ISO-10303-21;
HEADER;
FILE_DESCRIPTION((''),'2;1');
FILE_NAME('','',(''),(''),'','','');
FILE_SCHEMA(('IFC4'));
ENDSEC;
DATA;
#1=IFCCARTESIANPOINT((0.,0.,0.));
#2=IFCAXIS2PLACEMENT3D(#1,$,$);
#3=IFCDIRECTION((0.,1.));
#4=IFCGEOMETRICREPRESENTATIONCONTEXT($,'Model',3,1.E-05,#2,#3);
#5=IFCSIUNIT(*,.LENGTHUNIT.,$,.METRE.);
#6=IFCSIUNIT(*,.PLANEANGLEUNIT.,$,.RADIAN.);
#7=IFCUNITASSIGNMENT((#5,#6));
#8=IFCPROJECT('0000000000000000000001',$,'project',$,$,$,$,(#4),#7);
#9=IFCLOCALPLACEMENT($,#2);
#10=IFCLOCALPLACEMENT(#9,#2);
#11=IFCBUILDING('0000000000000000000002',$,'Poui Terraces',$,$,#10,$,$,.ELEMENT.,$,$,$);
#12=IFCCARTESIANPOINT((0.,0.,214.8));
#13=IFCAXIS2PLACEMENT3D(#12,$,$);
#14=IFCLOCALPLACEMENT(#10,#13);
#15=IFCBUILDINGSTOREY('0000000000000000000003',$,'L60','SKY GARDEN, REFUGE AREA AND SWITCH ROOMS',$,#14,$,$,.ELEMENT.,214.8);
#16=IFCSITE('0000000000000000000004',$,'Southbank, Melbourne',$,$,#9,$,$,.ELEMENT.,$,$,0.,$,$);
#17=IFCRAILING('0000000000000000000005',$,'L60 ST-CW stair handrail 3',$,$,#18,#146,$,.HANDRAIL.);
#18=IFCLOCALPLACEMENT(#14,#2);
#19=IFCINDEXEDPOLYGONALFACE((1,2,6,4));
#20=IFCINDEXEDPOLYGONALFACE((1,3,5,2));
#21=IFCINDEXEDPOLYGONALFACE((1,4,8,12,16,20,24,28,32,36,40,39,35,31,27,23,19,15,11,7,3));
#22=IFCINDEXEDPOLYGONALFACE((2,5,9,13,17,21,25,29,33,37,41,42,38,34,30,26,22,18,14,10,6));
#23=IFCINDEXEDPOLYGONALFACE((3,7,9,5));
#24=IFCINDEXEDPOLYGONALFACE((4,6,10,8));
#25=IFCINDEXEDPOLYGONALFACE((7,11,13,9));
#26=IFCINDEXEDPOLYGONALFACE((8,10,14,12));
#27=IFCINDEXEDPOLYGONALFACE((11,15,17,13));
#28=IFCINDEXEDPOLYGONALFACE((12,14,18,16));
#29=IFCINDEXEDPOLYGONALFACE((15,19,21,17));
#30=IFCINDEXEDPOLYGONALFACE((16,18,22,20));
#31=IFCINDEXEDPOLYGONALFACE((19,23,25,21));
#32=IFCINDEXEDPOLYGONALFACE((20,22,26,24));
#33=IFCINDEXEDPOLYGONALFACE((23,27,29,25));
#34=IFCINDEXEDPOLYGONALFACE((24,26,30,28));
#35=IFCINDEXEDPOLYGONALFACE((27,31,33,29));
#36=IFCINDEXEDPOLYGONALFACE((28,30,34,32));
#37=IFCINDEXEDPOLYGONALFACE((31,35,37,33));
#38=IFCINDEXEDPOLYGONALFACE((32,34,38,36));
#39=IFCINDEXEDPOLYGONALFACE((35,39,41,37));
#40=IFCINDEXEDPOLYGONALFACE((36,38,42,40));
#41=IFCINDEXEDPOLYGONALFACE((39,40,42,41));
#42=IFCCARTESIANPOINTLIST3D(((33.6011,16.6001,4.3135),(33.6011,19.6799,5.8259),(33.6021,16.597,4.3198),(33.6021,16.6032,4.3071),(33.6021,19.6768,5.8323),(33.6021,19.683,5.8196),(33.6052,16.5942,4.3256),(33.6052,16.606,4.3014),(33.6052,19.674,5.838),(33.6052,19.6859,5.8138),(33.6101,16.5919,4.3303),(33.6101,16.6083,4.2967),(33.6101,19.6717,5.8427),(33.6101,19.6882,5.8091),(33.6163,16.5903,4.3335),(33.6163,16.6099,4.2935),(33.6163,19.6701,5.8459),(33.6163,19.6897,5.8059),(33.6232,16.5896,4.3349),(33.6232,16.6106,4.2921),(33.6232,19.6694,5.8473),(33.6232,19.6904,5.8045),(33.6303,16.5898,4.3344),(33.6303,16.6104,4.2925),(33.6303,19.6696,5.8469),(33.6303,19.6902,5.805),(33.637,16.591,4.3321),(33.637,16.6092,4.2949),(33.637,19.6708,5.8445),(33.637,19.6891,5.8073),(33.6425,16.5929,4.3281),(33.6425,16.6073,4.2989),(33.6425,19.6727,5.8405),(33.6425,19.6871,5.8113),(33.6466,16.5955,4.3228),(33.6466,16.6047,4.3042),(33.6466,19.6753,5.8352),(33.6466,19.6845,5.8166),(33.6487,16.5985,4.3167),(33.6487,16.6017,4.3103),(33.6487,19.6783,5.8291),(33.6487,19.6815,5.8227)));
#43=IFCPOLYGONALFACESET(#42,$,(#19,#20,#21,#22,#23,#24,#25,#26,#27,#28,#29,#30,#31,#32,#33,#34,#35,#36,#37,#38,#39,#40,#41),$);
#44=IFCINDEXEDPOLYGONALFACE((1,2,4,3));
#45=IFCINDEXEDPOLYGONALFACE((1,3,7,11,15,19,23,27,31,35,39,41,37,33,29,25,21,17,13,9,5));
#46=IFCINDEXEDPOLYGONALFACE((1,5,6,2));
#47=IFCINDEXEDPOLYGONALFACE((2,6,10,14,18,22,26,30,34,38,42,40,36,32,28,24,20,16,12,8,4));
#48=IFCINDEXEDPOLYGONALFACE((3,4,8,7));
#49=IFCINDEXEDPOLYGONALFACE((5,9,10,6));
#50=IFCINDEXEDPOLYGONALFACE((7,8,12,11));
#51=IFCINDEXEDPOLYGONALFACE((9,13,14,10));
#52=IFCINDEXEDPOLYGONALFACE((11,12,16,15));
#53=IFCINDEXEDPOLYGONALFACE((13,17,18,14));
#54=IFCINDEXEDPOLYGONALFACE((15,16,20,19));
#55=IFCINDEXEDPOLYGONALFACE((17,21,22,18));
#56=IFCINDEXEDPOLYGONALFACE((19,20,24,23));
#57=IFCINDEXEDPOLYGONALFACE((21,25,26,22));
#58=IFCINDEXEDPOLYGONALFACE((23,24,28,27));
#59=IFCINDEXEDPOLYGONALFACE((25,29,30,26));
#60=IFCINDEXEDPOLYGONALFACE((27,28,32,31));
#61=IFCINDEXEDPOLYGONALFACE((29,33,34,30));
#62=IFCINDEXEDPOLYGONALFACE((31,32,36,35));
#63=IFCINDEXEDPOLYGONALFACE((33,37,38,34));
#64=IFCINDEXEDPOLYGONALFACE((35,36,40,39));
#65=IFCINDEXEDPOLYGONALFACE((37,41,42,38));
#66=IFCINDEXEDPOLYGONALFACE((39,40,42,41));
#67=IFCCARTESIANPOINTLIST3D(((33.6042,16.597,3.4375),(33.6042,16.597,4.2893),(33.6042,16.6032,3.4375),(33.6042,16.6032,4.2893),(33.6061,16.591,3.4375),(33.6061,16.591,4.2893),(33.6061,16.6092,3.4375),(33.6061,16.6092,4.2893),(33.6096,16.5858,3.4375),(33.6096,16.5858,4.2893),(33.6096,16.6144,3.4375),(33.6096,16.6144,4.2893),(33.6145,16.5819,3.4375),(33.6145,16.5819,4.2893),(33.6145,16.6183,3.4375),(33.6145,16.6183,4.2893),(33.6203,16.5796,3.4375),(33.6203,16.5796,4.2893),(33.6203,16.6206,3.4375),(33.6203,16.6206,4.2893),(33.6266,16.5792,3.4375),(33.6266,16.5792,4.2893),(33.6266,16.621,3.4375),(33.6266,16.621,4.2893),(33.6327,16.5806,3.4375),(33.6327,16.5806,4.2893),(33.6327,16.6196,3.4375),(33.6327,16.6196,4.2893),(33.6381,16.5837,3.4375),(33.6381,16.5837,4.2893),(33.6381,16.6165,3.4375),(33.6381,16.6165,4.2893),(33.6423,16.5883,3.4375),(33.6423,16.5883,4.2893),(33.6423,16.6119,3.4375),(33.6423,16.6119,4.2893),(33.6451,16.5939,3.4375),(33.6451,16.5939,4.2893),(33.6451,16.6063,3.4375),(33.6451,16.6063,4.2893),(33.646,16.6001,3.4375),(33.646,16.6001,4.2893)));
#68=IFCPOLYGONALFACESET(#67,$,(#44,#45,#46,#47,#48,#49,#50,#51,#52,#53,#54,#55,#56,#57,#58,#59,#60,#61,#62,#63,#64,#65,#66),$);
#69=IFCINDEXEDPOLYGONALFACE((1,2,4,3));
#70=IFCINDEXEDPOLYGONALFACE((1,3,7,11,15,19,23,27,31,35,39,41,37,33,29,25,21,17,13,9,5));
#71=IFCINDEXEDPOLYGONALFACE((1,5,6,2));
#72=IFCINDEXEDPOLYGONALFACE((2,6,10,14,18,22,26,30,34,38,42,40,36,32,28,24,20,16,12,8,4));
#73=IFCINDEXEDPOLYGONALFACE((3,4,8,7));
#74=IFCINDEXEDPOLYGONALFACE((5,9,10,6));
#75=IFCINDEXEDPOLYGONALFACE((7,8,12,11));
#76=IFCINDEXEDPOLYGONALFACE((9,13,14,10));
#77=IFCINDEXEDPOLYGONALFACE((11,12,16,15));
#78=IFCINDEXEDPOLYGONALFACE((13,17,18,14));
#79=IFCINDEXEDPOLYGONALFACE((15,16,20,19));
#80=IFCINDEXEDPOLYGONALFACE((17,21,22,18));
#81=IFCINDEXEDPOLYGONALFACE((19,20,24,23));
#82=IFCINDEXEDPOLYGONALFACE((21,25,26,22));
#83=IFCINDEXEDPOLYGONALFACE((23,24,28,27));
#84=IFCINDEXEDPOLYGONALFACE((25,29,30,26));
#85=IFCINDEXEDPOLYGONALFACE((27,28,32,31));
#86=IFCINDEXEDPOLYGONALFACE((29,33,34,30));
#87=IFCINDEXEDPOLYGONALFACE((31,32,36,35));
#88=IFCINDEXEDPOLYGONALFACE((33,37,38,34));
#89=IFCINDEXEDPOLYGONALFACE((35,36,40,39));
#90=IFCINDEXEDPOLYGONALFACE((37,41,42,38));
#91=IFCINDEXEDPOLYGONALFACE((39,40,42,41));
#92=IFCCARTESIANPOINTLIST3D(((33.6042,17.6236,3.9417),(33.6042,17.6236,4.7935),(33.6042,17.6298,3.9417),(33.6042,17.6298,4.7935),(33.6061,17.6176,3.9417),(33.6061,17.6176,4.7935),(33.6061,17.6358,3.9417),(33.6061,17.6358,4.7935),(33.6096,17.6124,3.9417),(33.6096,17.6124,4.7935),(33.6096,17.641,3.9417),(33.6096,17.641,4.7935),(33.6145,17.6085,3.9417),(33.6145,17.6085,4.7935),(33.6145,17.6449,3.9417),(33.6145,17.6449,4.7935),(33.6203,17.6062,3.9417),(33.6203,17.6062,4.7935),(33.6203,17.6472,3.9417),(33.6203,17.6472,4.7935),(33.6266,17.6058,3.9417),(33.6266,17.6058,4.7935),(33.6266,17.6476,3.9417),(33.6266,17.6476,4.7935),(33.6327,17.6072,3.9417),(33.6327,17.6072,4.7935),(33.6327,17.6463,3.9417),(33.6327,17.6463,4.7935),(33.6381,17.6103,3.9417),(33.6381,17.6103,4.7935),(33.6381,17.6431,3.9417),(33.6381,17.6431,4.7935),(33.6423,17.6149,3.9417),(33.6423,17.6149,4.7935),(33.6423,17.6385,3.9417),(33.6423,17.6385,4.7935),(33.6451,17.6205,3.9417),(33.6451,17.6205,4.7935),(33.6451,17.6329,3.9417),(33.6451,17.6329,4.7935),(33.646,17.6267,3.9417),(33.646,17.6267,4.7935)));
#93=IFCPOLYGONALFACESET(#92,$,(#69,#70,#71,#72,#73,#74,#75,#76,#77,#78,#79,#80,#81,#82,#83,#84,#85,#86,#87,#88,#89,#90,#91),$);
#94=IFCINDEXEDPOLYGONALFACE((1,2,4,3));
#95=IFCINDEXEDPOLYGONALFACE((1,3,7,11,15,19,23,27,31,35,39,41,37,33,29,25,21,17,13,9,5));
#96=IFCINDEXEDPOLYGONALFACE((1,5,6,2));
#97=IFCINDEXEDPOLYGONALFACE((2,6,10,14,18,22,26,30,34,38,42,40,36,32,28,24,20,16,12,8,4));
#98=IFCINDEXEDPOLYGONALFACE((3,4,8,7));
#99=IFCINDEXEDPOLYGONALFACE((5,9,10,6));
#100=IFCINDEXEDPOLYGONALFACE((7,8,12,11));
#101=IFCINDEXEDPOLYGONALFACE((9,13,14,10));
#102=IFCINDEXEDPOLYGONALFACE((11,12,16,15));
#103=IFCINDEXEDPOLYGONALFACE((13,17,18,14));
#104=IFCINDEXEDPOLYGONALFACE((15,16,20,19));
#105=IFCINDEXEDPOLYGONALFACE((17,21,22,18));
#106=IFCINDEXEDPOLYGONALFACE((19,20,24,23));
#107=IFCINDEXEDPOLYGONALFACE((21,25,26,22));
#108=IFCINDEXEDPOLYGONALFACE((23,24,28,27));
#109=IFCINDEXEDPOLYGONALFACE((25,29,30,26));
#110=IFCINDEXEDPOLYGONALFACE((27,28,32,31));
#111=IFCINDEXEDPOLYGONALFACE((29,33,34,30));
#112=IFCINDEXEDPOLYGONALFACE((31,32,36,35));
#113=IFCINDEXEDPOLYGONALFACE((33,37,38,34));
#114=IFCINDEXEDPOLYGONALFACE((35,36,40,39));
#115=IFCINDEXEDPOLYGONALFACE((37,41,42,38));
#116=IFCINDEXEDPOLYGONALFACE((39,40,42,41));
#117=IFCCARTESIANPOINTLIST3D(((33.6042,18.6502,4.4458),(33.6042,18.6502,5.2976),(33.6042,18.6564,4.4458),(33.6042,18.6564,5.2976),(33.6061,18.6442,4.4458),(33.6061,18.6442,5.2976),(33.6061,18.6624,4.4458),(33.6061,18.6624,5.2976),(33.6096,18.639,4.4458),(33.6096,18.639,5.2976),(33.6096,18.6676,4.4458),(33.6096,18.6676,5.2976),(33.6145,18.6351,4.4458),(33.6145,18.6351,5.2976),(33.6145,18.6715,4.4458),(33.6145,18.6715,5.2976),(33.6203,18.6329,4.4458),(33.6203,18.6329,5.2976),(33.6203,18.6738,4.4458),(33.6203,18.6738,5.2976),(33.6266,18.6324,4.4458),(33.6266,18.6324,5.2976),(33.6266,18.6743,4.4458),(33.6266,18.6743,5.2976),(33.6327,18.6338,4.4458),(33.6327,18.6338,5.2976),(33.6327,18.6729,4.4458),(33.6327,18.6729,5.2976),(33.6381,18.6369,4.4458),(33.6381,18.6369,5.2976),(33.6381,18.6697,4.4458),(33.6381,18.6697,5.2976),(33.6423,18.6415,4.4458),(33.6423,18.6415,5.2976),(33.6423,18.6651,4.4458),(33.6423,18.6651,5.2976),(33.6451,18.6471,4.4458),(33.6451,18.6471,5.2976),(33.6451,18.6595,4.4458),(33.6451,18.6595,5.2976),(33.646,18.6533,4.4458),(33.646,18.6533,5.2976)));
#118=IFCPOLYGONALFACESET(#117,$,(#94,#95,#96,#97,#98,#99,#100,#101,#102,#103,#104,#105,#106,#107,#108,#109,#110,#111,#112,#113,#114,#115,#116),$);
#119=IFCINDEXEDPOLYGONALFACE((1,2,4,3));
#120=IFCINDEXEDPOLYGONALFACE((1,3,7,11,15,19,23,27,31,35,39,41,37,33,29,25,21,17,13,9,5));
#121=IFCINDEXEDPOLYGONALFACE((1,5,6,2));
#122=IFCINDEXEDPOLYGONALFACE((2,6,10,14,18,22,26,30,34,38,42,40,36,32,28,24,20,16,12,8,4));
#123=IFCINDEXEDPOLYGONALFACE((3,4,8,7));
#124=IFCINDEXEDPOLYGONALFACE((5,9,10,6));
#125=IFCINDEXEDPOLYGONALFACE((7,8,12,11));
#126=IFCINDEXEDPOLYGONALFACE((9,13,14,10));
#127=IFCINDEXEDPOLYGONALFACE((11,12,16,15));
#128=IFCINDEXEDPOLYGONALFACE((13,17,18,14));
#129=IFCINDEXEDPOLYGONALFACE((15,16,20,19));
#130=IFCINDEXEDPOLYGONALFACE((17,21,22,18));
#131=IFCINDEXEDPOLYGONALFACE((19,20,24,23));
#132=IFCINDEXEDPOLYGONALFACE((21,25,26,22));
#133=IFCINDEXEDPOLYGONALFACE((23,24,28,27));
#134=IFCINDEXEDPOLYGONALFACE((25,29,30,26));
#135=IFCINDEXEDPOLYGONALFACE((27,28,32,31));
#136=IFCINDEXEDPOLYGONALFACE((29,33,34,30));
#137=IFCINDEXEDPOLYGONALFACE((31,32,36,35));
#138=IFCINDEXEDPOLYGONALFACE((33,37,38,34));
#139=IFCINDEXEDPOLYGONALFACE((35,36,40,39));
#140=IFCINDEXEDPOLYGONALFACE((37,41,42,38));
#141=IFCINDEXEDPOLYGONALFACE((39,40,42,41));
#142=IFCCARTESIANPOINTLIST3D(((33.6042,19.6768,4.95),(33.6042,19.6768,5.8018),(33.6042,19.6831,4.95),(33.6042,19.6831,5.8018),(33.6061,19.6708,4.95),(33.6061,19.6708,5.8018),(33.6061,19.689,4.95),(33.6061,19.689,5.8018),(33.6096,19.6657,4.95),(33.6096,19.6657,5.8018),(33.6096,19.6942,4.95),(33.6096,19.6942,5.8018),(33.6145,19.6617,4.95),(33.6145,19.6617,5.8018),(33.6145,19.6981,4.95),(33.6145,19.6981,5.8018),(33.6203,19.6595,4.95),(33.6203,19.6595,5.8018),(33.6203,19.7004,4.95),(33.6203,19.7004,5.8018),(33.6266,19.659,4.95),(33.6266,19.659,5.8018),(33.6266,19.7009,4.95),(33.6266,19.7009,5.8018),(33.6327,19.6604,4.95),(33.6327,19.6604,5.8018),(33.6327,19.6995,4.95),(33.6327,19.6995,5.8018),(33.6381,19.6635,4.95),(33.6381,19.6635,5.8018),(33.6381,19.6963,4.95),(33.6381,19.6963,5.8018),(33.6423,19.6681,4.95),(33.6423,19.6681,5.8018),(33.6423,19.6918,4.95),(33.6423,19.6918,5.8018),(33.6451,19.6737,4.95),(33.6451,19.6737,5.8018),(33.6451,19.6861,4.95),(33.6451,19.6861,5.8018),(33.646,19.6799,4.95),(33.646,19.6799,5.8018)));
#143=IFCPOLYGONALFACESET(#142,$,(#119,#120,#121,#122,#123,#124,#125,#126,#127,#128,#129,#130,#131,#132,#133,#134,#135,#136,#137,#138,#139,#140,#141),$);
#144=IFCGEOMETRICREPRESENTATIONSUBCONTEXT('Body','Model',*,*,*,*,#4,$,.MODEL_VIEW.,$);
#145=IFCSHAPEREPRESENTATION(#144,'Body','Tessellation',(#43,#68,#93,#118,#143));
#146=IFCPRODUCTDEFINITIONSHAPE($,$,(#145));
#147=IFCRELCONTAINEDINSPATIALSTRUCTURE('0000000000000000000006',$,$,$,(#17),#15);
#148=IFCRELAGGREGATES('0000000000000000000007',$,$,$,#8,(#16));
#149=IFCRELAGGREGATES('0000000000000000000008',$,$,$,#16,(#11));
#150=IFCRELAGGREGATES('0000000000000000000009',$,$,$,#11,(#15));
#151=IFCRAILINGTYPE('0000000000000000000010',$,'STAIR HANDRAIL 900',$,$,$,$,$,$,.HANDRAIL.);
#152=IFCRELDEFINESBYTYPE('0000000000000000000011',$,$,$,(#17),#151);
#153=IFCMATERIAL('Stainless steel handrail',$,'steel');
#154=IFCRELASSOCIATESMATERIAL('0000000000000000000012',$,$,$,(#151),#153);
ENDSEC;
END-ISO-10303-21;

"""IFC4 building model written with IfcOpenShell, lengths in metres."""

from ifc_helpers import new_model, si_unit, direction, frame, origin, origin_2d, place, context, subcontext, project, spatial, circle, extrude, material, type_object, element, save


model = new_model("IFC4")

# Units and contexts
model_context = context("Model", 3, precision=1e-05, world=origin(), true_north=direction((0.0, 1.0)))
body_context = subcontext(model_context, "Body", "Model", "MODEL_VIEW")
ifc_project = project(units=[si_unit("LENGTHUNIT", "METRE"), si_unit("PLANEANGLEUNIT", "RADIAN")], contexts=[model_context])

# Site, building, storey
site_placement = place(None, origin())
site = spatial("IfcSite", under=ifc_project, at=site_placement, Name="Southbank, Melbourne", CompositionType="ELEMENT", RefElevation=0.0)
building_placement = place(site_placement, origin())
building = spatial("IfcBuilding", under=site, at=building_placement, Name="Poui Terraces", CompositionType="ELEMENT")
storey_placement = place(building_placement, frame((0.0, 0.0, 214.8)))
storey = spatial("IfcBuildingStorey", under=building, at=storey_placement, Name="L60", Description="SKY GARDEN, REFUGE AREA AND SWITCH ROOMS", CompositionType="ELEMENT", Elevation=214.8)

# Railing
ifc_material_1 = material(Name="Stainless steel handrail", Category="steel")
railing_type_1 = type_object("IfcRailingType", Name="STAIR HANDRAIL 900", PredefinedType="HANDRAIL", material=ifc_material_1)
for number, where, name in (
    (1, (33.625, 16.6001, 3.4375), "L60 ST-CW stair handrail 3"),
):
    element("IfcRailing", number, at=place(storey_placement, frame(where)), inside=storey, type_object=railing_type_1, Name=name, PredefinedType="HANDRAIL", context=body_context, shape_type="SweptSolid", body=[
        extrude(circle(Radius=0.0239, at=origin_2d()), frame((0.0, 0.0, 0.876), z_axis=(0.0, 0.897606, 0.440798), x_axis=(-1.0, 0.0, 0.0)), (0.0, 0.0, 1.0), 3.4312),
        extrude(circle(Radius=0.021, at=origin_2d()), origin(), (0.0, 0.0, 1.0), 0.8518),
        extrude(circle(Radius=0.021, at=origin_2d()), frame((0.0, 1.0266, 0.5042)), (0.0, 0.0, 1.0), 0.8518),
        extrude(circle(Radius=0.021, at=origin_2d()), frame((0.0, 2.0532, 1.0083)), (0.0, 0.0, 1.0), 0.8518),
        extrude(circle(Radius=0.021, at=origin_2d()), frame((0.0, 3.0798, 1.5125)), (0.0, 0.0, 1.0), 0.8518),
    ])

save(model, "model.ifc")
